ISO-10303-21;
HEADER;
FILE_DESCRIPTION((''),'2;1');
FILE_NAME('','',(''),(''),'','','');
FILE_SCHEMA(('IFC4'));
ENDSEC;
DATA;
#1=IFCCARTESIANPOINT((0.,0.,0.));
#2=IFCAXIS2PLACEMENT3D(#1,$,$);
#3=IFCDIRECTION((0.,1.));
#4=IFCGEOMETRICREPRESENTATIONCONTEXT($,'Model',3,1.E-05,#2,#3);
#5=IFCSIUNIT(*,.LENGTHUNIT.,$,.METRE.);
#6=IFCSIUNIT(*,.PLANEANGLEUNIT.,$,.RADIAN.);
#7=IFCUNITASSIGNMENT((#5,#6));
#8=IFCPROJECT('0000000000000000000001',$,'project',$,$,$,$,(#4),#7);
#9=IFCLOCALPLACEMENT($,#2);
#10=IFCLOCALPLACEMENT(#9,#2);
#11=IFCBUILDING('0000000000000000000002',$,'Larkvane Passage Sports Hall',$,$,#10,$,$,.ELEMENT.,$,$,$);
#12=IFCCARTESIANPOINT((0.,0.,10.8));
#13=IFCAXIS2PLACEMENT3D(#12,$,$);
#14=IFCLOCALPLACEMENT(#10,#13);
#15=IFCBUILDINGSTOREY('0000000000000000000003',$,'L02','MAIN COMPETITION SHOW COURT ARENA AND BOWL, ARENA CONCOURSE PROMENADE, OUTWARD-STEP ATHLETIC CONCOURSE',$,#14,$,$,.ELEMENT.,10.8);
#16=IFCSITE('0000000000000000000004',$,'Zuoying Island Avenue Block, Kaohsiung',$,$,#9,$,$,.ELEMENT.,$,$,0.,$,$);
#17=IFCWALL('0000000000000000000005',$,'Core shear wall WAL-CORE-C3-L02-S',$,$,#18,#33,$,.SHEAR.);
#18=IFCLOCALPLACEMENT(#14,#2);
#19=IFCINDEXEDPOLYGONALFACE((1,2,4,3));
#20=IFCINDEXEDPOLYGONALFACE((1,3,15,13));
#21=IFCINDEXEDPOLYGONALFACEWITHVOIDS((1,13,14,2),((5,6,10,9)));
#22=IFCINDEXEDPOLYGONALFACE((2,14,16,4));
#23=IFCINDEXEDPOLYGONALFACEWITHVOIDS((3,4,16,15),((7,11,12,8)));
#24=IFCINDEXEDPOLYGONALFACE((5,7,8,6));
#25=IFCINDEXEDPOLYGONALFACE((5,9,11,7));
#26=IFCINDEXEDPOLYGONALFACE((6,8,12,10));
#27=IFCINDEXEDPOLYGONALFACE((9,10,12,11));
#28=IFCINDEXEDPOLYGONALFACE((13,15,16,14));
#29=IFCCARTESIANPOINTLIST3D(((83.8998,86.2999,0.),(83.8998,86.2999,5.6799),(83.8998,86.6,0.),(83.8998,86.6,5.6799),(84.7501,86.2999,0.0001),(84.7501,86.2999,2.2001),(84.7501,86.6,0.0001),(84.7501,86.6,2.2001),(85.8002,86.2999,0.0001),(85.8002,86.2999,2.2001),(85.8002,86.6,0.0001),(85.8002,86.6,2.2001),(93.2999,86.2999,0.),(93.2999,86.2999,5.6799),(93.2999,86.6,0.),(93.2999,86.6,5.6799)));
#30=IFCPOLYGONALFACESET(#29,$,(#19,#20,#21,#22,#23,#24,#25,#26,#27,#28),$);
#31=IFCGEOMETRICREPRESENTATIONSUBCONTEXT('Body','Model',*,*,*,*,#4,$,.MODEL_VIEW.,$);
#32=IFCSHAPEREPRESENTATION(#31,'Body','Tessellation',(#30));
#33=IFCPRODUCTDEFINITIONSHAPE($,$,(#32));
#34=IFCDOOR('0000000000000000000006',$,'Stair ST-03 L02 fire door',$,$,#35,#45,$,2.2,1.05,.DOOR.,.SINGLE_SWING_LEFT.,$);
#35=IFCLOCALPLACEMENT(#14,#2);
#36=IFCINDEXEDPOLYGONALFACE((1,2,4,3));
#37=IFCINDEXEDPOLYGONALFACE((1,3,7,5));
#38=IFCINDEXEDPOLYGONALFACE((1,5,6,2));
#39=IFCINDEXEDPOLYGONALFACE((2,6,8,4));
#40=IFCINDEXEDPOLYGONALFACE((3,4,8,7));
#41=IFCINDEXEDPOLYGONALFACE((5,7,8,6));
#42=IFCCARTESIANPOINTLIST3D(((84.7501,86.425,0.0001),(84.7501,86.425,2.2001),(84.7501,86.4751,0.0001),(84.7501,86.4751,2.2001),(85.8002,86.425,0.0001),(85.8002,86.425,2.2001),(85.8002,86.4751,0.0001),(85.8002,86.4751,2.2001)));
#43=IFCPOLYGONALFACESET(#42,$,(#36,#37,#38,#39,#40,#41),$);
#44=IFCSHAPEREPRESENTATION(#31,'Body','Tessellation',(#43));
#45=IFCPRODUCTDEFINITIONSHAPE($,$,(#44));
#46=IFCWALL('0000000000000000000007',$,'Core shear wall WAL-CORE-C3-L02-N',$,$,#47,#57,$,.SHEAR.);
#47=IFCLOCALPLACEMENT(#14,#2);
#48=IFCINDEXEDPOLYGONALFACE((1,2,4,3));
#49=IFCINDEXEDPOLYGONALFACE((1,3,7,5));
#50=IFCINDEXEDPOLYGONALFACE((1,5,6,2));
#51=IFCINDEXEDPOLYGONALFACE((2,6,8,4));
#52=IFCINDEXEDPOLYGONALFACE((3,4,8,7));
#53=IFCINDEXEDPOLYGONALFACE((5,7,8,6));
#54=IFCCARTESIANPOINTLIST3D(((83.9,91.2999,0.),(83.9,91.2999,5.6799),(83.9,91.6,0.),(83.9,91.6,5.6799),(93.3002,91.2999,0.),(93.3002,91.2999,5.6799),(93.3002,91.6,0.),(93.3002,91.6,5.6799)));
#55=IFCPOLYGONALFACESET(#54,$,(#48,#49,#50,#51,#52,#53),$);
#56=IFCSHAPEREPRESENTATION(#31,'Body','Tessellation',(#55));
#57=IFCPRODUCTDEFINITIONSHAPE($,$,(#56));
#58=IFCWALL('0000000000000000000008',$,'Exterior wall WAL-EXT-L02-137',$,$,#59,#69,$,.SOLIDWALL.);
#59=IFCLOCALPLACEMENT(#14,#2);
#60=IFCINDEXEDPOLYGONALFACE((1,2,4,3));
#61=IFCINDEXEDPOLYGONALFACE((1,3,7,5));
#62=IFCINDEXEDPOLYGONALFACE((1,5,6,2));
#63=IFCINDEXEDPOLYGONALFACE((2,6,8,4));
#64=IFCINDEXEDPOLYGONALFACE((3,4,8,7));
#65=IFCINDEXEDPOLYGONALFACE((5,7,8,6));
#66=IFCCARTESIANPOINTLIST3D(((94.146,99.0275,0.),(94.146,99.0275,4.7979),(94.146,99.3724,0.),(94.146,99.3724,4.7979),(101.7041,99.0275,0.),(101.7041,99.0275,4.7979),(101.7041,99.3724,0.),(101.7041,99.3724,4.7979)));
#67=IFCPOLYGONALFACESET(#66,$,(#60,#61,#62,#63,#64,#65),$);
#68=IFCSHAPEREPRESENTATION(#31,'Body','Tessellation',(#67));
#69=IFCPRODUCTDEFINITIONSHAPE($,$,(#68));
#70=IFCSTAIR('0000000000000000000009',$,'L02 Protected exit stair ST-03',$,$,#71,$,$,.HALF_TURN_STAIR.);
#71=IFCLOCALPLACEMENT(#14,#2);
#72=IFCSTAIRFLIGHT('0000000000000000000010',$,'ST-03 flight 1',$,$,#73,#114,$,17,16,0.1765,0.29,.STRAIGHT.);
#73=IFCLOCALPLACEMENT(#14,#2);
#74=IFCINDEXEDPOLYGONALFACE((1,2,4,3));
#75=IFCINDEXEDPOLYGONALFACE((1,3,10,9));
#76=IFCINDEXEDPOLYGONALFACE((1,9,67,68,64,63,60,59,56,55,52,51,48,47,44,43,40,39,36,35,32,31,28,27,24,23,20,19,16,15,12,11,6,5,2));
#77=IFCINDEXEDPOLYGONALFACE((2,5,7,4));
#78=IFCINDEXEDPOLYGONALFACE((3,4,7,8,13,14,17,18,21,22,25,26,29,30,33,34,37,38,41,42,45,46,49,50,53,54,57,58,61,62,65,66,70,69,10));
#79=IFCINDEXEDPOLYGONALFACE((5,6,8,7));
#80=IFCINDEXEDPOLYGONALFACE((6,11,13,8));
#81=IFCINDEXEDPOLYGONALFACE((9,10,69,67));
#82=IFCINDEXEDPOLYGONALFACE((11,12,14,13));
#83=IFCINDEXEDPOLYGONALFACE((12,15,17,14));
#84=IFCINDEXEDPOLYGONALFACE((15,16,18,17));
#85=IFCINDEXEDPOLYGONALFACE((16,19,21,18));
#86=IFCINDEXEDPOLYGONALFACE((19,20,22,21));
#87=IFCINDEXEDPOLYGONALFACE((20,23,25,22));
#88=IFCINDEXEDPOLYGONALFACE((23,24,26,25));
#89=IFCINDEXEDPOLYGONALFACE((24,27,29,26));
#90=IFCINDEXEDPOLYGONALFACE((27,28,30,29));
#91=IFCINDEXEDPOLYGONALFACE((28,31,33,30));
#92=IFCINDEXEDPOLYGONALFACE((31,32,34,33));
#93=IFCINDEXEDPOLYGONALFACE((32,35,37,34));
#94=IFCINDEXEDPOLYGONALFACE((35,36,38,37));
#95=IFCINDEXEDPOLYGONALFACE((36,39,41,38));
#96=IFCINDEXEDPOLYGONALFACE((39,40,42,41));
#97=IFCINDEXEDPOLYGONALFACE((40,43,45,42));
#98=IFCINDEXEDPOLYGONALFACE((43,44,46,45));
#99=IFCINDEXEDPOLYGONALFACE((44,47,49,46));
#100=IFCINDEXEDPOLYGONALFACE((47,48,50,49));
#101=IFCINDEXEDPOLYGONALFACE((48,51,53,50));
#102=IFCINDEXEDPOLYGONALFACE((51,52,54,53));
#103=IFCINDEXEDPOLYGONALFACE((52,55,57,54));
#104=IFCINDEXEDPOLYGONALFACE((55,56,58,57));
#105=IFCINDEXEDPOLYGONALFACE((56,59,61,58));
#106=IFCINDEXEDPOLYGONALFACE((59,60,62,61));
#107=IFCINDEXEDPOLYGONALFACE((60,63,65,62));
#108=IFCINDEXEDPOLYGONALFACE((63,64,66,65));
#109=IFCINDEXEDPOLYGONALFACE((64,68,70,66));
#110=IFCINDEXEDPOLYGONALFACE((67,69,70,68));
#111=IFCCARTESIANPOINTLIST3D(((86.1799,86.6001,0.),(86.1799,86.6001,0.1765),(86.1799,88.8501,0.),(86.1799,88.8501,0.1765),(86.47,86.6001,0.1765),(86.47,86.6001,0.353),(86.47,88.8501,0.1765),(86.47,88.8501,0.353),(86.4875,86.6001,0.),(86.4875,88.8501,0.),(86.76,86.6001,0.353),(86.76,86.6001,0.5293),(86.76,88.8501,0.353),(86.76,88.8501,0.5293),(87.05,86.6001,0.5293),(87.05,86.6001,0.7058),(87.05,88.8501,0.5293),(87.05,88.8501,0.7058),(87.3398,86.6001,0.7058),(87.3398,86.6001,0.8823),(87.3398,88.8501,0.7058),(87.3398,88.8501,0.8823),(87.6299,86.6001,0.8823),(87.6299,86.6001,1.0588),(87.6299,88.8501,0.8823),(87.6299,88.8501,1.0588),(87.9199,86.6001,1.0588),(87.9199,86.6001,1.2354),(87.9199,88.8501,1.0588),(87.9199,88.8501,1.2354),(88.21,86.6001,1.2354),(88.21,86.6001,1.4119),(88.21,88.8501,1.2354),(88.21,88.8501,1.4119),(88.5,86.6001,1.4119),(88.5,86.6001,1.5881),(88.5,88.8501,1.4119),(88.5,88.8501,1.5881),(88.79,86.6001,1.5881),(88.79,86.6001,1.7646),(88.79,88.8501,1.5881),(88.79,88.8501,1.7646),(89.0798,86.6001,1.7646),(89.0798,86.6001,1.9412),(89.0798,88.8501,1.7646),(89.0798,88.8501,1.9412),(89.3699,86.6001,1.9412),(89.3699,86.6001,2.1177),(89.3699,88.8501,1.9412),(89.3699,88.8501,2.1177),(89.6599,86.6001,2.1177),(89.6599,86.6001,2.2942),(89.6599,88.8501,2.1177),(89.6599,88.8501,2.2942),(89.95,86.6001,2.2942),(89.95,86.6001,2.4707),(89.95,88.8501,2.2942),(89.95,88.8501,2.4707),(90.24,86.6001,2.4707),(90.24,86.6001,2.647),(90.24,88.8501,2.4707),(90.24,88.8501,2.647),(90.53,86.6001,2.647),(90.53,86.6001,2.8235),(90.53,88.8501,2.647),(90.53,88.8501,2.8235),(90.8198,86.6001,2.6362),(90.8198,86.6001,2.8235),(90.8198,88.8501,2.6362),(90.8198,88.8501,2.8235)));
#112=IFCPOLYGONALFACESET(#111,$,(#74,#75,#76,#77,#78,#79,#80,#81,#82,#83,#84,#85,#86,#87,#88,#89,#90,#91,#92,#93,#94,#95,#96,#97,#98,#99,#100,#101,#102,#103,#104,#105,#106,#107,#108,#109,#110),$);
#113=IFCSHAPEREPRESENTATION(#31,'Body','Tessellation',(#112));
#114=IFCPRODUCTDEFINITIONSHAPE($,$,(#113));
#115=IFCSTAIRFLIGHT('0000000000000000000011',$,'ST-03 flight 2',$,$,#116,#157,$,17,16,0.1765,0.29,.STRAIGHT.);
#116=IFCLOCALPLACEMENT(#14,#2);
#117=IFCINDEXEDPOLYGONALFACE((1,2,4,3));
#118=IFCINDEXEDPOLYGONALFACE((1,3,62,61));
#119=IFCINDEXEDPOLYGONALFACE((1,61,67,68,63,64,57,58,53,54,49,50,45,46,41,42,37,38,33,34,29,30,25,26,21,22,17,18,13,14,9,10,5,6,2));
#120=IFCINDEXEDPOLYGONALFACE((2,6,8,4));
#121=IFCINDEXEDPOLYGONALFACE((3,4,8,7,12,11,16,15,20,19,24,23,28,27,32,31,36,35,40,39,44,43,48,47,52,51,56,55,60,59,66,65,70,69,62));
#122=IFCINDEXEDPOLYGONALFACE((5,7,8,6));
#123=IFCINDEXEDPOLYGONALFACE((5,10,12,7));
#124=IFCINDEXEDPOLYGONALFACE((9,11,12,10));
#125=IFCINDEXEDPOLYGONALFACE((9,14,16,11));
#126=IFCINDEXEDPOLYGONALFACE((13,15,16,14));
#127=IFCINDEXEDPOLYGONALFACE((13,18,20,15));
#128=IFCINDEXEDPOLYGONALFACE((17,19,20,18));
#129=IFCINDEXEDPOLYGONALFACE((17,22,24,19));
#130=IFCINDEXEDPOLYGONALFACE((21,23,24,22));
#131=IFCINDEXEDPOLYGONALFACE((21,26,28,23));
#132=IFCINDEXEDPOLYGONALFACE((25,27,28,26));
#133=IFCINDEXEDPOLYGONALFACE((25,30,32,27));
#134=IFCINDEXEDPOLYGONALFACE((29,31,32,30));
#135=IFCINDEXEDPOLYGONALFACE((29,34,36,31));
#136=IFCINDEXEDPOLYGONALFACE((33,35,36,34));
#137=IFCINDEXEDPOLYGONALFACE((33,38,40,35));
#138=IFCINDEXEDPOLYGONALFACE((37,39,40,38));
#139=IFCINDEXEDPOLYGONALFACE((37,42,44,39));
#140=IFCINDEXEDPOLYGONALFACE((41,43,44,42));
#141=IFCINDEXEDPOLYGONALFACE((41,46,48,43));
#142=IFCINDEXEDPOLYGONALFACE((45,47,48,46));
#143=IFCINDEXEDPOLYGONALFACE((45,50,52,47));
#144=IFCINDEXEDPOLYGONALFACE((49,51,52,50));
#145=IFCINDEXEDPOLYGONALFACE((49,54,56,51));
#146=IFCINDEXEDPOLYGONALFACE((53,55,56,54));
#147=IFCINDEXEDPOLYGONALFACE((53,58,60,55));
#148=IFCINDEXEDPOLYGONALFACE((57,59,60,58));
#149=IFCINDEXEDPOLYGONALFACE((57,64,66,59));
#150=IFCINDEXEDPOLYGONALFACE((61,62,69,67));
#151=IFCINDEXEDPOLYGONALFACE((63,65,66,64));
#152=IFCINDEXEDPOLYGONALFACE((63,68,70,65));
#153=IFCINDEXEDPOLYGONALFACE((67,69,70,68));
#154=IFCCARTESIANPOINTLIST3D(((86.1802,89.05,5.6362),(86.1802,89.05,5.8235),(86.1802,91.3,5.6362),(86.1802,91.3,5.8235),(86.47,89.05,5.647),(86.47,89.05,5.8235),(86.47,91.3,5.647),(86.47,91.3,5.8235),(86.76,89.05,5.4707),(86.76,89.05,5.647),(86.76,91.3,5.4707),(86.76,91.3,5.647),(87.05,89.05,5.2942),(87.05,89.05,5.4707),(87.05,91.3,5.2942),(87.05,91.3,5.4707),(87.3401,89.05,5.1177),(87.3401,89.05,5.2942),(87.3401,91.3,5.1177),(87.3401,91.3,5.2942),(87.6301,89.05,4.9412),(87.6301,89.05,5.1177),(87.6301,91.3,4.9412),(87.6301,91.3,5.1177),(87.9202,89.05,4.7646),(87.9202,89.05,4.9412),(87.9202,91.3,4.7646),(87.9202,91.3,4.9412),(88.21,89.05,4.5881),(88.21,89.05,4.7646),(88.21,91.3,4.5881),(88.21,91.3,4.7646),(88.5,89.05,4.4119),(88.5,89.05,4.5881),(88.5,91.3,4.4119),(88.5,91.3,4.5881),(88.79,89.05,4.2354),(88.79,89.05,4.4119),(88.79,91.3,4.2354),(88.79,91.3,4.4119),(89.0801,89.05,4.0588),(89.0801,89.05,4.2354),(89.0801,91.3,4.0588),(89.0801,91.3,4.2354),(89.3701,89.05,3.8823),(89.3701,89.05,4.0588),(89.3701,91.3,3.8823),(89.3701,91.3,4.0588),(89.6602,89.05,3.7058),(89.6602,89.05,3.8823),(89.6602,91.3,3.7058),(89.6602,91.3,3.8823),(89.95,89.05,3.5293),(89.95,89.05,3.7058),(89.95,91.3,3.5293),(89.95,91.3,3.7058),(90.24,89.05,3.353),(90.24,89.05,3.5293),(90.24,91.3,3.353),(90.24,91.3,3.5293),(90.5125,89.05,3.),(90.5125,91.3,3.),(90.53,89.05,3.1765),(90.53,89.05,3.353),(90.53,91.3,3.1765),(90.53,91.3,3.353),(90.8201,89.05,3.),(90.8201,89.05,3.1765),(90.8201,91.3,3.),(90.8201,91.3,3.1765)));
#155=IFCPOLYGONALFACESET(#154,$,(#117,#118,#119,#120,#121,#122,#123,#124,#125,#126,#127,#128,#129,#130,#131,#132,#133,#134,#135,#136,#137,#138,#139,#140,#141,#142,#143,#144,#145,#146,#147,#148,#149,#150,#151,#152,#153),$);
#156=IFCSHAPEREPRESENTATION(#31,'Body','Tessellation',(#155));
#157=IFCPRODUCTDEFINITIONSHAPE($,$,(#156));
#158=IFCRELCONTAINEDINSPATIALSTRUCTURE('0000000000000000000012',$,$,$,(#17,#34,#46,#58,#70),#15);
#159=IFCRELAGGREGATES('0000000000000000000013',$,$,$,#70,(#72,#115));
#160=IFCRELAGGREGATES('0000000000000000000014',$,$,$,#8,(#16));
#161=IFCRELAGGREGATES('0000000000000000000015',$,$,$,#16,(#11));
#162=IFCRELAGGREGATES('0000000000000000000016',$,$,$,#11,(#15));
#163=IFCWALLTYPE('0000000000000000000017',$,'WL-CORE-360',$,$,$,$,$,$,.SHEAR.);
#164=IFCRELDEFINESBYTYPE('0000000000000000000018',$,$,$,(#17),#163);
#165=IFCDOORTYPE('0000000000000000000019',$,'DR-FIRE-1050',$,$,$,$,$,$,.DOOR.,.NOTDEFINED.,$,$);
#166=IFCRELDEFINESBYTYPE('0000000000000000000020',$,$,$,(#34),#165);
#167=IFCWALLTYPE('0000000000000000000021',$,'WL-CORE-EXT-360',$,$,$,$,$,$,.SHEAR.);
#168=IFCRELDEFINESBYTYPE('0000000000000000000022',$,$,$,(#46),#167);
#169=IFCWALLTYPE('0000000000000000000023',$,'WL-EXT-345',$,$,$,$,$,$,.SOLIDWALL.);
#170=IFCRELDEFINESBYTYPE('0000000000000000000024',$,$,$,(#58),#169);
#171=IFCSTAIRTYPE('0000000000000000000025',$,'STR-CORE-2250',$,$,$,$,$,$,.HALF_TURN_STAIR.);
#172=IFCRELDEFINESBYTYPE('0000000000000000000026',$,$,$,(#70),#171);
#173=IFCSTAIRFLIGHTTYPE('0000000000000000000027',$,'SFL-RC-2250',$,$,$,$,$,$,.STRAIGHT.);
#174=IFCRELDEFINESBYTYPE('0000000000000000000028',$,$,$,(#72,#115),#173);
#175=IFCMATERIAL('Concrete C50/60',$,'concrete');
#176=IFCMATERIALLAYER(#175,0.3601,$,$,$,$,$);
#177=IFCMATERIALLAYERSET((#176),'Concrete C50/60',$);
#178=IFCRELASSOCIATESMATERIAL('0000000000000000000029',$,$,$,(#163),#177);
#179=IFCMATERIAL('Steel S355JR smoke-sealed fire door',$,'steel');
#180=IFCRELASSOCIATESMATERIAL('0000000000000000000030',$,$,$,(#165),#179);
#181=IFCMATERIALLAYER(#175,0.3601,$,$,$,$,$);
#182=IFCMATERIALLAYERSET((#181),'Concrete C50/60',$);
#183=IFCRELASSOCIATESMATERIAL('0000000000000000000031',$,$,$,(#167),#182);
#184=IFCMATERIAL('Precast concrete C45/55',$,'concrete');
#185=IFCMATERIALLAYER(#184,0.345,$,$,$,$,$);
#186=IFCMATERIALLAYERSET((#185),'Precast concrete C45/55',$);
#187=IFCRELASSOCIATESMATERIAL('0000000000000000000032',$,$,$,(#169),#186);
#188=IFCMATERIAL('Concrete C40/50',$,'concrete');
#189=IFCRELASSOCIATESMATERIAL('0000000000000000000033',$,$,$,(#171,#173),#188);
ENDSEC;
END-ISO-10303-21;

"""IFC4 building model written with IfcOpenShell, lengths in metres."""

from ifc_helpers import new_model, si_unit, direction, frame, frame_2d, origin, place, context, subcontext, project, spatial, polyline, rectangle, outline, extrude, material, layer, layer_set, type_object, element, fill, aggregate, save


model = new_model("IFC4")

# Units and contexts
model_context = context("Model", 3, precision=1e-05, world=origin(), true_north=direction((0.0, 1.0)))
body_context = subcontext(model_context, "Body", "Model", "MODEL_VIEW")
ifc_project = project(units=[si_unit("LENGTHUNIT", "METRE"), si_unit("PLANEANGLEUNIT", "RADIAN")], contexts=[model_context])

# Site, building, storey
site_placement = place(None, origin())
site = spatial("IfcSite", under=ifc_project, at=site_placement, Name="Zuoying Island Avenue Block, Kaohsiung", CompositionType="ELEMENT", RefElevation=0.0)
building_placement = place(site_placement, origin())
building = spatial("IfcBuilding", under=site, at=building_placement, Name="Larkvane Passage Sports Hall", CompositionType="ELEMENT")
storey_placement = place(building_placement, frame((0.0, 0.0, 10.8)))
storey = spatial("IfcBuildingStorey", under=building, at=storey_placement, Name="L02", Description="MAIN COMPETITION SHOW COURT ARENA AND BOWL, ARENA CONCOURSE PROMENADE, OUTWARD-STEP ATHLETIC CONCOURSE", CompositionType="ELEMENT", Elevation=10.8)

# Shared definitions
ifc_material_1 = material(Name="Concrete C50/60", Category="concrete")
ifc_material_2 = material(Name="Concrete C40/50", Category="concrete")

# Shared definitions
ifc_layer_1 = layer(ifc_material_1, 0.3601)
ifc_layer_set_1 = layer_set([ifc_layer_1], Name="Concrete C50/60")
wall_type_1 = type_object("IfcWallType", Name="WL-CORE-360", PredefinedType="SHEAR", material=ifc_layer_set_1)

# Wall, opening, door
wall_1_placement = place(storey_placement, frame((93.3, 86.45, 0.0), z_axis=(0.0, 0.0, 1.0), x_axis=(-1.0, 0.0, 0.0)))
wall_1 = element("IfcWall", 1, at=wall_1_placement, inside=storey, type_object=wall_type_1, Name="Core shear wall WAL-CORE-C3-L02-S", PredefinedType="SHEAR", context=body_context, shape_type="SweptSolid", body=[
    extrude(rectangle(XDim=9.4001, YDim=0.3, at=frame_2d((4.7002, 0.0))), origin(), (0.0, 0.0, 1.0), 5.6799),
])
opening_placement = place(wall_1_placement, frame((7.5, 0.0, 0.0)))
opening = element("IfcOpeningElement", 2, at=opening_placement, cuts=wall_1, PredefinedType="OPENING", context=body_context, shape_type="SweptSolid", body=[
    extrude(rectangle(XDim=1.05, YDim=2.2, at=frame_2d((0.5249, 1.1001))), frame((0.0, 0.1599, 0.0), z_axis=(0.0, -1.0, 0.0), x_axis=(1.0, 0.0, 0.0)), (0.0, 0.0, 1.0), 0.3201),
])
ifc_material_3 = material(Name="Steel S355JR smoke-sealed fire door", Category="steel")
door_type = type_object("IfcDoorType", Name="DR-FIRE-1050", OperationType="NOTDEFINED", PredefinedType="DOOR", material=ifc_material_3)
door_placement = place(opening_placement, origin())
door = element("IfcDoor", 3, at=door_placement, inside=storey, type_object=door_type, Name="Stair ST-03 L02 fire door", OperationType="SINGLE_SWING_LEFT", OverallHeight=2.2, OverallWidth=1.05, PredefinedType="DOOR", context=body_context, shape_type="SweptSolid", body=[
    extrude(rectangle(XDim=1.05, YDim=2.2, at=frame_2d((0.5249, 1.1001))), frame((0.0, 0.0249, 0.0), z_axis=(0.0, -1.0, 0.0), x_axis=(1.0, 0.0, 0.0)), (0.0, 0.0, 1.0), 0.05),
])
fill(opening, door)

# Walls
ifc_layer_2 = layer(ifc_material_1, 0.3601)
ifc_layer_set_2 = layer_set([ifc_layer_2], Name="Concrete C50/60")
wall_type_2 = type_object("IfcWallType", Name="WL-CORE-EXT-360", PredefinedType="SHEAR", material=ifc_layer_set_2)
wall_2_placement = place(storey_placement, frame((83.8999, 91.45, 0.0), z_axis=(0.0, 0.0, 1.0), x_axis=(1.0, 0.0, 0.0)))
element("IfcWall", 4, at=wall_2_placement, inside=storey, type_object=wall_type_2, Name="Core shear wall WAL-CORE-C3-L02-N", PredefinedType="SHEAR", context=body_context, shape_type="SweptSolid", body=[
    extrude(rectangle(XDim=9.4001, YDim=0.3, at=frame_2d((4.7002, 0.0))), origin(), (0.0, 0.0, 1.0), 5.6799),
])
ifc_material_4 = material(Name="Precast concrete C45/55", Category="concrete")
ifc_layer_3 = layer(ifc_material_4, 0.345)
ifc_layer_set_3 = layer_set([ifc_layer_3], Name="Precast concrete C45/55")
wall_type_3 = type_object("IfcWallType", Name="WL-EXT-345", PredefinedType="SOLIDWALL", material=ifc_layer_set_3)
wall_3_placement = place(storey_placement, frame((94.146, 99.2, 0.0), z_axis=(0.0, 0.0, 1.0), x_axis=(1.0, 0.0, 0.0)))
element("IfcWall", 5, at=wall_3_placement, inside=storey, type_object=wall_type_3, Name="Exterior wall WAL-EXT-L02-137", PredefinedType="SOLIDWALL", context=body_context, shape_type="SweptSolid", body=[
    extrude(rectangle(XDim=7.5581, YDim=0.345, at=frame_2d((3.7791, 0.0))), origin(), (0.0, 0.0, 1.0), 4.7979),
])

# Stair, stair flights
stair_type = type_object("IfcStairType", Name="STR-CORE-2250", PredefinedType="HALF_TURN_STAIR", material=ifc_material_2)
stair_placement = place(storey_placement, origin())
stair = element("IfcStair", 6, at=stair_placement, inside=storey, type_object=stair_type, Name="L02 Protected exit stair ST-03", PredefinedType="HALF_TURN_STAIR")
stair_flight_type = type_object("IfcStairFlightType", Name="SFL-RC-2250", PredefinedType="STRAIGHT", material=ifc_material_2)
stair_flight_1_placement = place(storey_placement, frame((86.1799, 87.7251, 0.0), z_axis=(0.0, 0.0, 1.0), x_axis=(1.0, 0.0, 0.0)))
stair_flight_1 = element("IfcStairFlight", 7, at=stair_flight_1_placement, type_object=stair_flight_type, Name="ST-03 flight 1", NumberOfRisers=17, NumberOfTreads=16, PredefinedType="STRAIGHT", RiserHeight=0.1765, TreadLength=0.29, context=body_context, shape_type="SweptSolid", body=[
    extrude(outline(polyline([(0.0, 0.0), (0.0, 0.1765), (0.29, 0.1765), (0.29, 0.353), (0.5801, 0.353), (0.5801, 0.5293), (0.8701, 0.5293), (0.8701, 0.7058), (1.1599, 0.7058), (1.1599, 0.8823), (1.45, 0.8823), (1.45, 1.0588), (1.74, 1.0588), (1.74, 1.2354), (2.03, 1.2354), (2.03, 1.4119), (2.3201, 1.4119), (2.3201, 1.5881), (2.6101, 1.5881), (2.6101, 1.7646), (2.8999, 1.7646), (2.8999, 1.9412), (3.1899, 1.9412), (3.1899, 2.1177), (3.48, 2.1177), (3.48, 2.2942), (3.77, 2.2942), (3.77, 2.4707), (4.0601, 2.4707), (4.0601, 2.647), (4.3501, 2.647), (4.3501, 2.8235), (4.6399, 2.8235), (4.6399, 3.0), (4.6399, 2.6362), (0.3076, 0.0), (0.0, 0.0)])), frame((0.0, 1.125, 0.0), z_axis=(0.0, -1.0, 0.0), x_axis=(1.0, 0.0, 0.0)), (0.0, 0.0, 1.0), 2.25),
])
stair_flight_2_placement = place(storey_placement, frame((90.8201, 90.175, 3.0), z_axis=(0.0, 0.0, 1.0), x_axis=(-1.0, 0.0, 0.0)))
stair_flight_2 = element("IfcStairFlight", 8, at=stair_flight_2_placement, type_object=stair_flight_type, Name="ST-03 flight 2", NumberOfRisers=17, NumberOfTreads=16, PredefinedType="STRAIGHT", RiserHeight=0.1765, TreadLength=0.29, context=body_context, shape_type="SweptSolid", body=[
    extrude(outline(polyline([(0.0, 0.0), (0.0, 0.1765), (0.29, 0.1765), (0.29, 0.353), (0.5801, 0.353), (0.5801, 0.5293), (0.8701, 0.5293), (0.8701, 0.7058), (1.1599, 0.7058), (1.1599, 0.8823), (1.45, 0.8823), (1.45, 1.0588), (1.74, 1.0588), (1.74, 1.2354), (2.03, 1.2354), (2.03, 1.4119), (2.3201, 1.4119), (2.3201, 1.5881), (2.6101, 1.5881), (2.6101, 1.7646), (2.8999, 1.7646), (2.8999, 1.9412), (3.1899, 1.9412), (3.1899, 2.1177), (3.48, 2.1177), (3.48, 2.2942), (3.77, 2.2942), (3.77, 2.4707), (4.0601, 2.4707), (4.0601, 2.647), (4.3501, 2.647), (4.3501, 2.8235), (4.6399, 2.8235), (4.6399, 3.0), (4.6399, 2.6362), (0.3076, 0.0), (0.0, 0.0)])), frame((0.0, 1.125, 0.0), z_axis=(0.0, -1.0, 0.0), x_axis=(1.0, 0.0, 0.0)), (0.0, 0.0, 1.0), 2.25),
])
aggregate(stair, [stair_flight_1, stair_flight_2])

save(model, "model.ifc")
